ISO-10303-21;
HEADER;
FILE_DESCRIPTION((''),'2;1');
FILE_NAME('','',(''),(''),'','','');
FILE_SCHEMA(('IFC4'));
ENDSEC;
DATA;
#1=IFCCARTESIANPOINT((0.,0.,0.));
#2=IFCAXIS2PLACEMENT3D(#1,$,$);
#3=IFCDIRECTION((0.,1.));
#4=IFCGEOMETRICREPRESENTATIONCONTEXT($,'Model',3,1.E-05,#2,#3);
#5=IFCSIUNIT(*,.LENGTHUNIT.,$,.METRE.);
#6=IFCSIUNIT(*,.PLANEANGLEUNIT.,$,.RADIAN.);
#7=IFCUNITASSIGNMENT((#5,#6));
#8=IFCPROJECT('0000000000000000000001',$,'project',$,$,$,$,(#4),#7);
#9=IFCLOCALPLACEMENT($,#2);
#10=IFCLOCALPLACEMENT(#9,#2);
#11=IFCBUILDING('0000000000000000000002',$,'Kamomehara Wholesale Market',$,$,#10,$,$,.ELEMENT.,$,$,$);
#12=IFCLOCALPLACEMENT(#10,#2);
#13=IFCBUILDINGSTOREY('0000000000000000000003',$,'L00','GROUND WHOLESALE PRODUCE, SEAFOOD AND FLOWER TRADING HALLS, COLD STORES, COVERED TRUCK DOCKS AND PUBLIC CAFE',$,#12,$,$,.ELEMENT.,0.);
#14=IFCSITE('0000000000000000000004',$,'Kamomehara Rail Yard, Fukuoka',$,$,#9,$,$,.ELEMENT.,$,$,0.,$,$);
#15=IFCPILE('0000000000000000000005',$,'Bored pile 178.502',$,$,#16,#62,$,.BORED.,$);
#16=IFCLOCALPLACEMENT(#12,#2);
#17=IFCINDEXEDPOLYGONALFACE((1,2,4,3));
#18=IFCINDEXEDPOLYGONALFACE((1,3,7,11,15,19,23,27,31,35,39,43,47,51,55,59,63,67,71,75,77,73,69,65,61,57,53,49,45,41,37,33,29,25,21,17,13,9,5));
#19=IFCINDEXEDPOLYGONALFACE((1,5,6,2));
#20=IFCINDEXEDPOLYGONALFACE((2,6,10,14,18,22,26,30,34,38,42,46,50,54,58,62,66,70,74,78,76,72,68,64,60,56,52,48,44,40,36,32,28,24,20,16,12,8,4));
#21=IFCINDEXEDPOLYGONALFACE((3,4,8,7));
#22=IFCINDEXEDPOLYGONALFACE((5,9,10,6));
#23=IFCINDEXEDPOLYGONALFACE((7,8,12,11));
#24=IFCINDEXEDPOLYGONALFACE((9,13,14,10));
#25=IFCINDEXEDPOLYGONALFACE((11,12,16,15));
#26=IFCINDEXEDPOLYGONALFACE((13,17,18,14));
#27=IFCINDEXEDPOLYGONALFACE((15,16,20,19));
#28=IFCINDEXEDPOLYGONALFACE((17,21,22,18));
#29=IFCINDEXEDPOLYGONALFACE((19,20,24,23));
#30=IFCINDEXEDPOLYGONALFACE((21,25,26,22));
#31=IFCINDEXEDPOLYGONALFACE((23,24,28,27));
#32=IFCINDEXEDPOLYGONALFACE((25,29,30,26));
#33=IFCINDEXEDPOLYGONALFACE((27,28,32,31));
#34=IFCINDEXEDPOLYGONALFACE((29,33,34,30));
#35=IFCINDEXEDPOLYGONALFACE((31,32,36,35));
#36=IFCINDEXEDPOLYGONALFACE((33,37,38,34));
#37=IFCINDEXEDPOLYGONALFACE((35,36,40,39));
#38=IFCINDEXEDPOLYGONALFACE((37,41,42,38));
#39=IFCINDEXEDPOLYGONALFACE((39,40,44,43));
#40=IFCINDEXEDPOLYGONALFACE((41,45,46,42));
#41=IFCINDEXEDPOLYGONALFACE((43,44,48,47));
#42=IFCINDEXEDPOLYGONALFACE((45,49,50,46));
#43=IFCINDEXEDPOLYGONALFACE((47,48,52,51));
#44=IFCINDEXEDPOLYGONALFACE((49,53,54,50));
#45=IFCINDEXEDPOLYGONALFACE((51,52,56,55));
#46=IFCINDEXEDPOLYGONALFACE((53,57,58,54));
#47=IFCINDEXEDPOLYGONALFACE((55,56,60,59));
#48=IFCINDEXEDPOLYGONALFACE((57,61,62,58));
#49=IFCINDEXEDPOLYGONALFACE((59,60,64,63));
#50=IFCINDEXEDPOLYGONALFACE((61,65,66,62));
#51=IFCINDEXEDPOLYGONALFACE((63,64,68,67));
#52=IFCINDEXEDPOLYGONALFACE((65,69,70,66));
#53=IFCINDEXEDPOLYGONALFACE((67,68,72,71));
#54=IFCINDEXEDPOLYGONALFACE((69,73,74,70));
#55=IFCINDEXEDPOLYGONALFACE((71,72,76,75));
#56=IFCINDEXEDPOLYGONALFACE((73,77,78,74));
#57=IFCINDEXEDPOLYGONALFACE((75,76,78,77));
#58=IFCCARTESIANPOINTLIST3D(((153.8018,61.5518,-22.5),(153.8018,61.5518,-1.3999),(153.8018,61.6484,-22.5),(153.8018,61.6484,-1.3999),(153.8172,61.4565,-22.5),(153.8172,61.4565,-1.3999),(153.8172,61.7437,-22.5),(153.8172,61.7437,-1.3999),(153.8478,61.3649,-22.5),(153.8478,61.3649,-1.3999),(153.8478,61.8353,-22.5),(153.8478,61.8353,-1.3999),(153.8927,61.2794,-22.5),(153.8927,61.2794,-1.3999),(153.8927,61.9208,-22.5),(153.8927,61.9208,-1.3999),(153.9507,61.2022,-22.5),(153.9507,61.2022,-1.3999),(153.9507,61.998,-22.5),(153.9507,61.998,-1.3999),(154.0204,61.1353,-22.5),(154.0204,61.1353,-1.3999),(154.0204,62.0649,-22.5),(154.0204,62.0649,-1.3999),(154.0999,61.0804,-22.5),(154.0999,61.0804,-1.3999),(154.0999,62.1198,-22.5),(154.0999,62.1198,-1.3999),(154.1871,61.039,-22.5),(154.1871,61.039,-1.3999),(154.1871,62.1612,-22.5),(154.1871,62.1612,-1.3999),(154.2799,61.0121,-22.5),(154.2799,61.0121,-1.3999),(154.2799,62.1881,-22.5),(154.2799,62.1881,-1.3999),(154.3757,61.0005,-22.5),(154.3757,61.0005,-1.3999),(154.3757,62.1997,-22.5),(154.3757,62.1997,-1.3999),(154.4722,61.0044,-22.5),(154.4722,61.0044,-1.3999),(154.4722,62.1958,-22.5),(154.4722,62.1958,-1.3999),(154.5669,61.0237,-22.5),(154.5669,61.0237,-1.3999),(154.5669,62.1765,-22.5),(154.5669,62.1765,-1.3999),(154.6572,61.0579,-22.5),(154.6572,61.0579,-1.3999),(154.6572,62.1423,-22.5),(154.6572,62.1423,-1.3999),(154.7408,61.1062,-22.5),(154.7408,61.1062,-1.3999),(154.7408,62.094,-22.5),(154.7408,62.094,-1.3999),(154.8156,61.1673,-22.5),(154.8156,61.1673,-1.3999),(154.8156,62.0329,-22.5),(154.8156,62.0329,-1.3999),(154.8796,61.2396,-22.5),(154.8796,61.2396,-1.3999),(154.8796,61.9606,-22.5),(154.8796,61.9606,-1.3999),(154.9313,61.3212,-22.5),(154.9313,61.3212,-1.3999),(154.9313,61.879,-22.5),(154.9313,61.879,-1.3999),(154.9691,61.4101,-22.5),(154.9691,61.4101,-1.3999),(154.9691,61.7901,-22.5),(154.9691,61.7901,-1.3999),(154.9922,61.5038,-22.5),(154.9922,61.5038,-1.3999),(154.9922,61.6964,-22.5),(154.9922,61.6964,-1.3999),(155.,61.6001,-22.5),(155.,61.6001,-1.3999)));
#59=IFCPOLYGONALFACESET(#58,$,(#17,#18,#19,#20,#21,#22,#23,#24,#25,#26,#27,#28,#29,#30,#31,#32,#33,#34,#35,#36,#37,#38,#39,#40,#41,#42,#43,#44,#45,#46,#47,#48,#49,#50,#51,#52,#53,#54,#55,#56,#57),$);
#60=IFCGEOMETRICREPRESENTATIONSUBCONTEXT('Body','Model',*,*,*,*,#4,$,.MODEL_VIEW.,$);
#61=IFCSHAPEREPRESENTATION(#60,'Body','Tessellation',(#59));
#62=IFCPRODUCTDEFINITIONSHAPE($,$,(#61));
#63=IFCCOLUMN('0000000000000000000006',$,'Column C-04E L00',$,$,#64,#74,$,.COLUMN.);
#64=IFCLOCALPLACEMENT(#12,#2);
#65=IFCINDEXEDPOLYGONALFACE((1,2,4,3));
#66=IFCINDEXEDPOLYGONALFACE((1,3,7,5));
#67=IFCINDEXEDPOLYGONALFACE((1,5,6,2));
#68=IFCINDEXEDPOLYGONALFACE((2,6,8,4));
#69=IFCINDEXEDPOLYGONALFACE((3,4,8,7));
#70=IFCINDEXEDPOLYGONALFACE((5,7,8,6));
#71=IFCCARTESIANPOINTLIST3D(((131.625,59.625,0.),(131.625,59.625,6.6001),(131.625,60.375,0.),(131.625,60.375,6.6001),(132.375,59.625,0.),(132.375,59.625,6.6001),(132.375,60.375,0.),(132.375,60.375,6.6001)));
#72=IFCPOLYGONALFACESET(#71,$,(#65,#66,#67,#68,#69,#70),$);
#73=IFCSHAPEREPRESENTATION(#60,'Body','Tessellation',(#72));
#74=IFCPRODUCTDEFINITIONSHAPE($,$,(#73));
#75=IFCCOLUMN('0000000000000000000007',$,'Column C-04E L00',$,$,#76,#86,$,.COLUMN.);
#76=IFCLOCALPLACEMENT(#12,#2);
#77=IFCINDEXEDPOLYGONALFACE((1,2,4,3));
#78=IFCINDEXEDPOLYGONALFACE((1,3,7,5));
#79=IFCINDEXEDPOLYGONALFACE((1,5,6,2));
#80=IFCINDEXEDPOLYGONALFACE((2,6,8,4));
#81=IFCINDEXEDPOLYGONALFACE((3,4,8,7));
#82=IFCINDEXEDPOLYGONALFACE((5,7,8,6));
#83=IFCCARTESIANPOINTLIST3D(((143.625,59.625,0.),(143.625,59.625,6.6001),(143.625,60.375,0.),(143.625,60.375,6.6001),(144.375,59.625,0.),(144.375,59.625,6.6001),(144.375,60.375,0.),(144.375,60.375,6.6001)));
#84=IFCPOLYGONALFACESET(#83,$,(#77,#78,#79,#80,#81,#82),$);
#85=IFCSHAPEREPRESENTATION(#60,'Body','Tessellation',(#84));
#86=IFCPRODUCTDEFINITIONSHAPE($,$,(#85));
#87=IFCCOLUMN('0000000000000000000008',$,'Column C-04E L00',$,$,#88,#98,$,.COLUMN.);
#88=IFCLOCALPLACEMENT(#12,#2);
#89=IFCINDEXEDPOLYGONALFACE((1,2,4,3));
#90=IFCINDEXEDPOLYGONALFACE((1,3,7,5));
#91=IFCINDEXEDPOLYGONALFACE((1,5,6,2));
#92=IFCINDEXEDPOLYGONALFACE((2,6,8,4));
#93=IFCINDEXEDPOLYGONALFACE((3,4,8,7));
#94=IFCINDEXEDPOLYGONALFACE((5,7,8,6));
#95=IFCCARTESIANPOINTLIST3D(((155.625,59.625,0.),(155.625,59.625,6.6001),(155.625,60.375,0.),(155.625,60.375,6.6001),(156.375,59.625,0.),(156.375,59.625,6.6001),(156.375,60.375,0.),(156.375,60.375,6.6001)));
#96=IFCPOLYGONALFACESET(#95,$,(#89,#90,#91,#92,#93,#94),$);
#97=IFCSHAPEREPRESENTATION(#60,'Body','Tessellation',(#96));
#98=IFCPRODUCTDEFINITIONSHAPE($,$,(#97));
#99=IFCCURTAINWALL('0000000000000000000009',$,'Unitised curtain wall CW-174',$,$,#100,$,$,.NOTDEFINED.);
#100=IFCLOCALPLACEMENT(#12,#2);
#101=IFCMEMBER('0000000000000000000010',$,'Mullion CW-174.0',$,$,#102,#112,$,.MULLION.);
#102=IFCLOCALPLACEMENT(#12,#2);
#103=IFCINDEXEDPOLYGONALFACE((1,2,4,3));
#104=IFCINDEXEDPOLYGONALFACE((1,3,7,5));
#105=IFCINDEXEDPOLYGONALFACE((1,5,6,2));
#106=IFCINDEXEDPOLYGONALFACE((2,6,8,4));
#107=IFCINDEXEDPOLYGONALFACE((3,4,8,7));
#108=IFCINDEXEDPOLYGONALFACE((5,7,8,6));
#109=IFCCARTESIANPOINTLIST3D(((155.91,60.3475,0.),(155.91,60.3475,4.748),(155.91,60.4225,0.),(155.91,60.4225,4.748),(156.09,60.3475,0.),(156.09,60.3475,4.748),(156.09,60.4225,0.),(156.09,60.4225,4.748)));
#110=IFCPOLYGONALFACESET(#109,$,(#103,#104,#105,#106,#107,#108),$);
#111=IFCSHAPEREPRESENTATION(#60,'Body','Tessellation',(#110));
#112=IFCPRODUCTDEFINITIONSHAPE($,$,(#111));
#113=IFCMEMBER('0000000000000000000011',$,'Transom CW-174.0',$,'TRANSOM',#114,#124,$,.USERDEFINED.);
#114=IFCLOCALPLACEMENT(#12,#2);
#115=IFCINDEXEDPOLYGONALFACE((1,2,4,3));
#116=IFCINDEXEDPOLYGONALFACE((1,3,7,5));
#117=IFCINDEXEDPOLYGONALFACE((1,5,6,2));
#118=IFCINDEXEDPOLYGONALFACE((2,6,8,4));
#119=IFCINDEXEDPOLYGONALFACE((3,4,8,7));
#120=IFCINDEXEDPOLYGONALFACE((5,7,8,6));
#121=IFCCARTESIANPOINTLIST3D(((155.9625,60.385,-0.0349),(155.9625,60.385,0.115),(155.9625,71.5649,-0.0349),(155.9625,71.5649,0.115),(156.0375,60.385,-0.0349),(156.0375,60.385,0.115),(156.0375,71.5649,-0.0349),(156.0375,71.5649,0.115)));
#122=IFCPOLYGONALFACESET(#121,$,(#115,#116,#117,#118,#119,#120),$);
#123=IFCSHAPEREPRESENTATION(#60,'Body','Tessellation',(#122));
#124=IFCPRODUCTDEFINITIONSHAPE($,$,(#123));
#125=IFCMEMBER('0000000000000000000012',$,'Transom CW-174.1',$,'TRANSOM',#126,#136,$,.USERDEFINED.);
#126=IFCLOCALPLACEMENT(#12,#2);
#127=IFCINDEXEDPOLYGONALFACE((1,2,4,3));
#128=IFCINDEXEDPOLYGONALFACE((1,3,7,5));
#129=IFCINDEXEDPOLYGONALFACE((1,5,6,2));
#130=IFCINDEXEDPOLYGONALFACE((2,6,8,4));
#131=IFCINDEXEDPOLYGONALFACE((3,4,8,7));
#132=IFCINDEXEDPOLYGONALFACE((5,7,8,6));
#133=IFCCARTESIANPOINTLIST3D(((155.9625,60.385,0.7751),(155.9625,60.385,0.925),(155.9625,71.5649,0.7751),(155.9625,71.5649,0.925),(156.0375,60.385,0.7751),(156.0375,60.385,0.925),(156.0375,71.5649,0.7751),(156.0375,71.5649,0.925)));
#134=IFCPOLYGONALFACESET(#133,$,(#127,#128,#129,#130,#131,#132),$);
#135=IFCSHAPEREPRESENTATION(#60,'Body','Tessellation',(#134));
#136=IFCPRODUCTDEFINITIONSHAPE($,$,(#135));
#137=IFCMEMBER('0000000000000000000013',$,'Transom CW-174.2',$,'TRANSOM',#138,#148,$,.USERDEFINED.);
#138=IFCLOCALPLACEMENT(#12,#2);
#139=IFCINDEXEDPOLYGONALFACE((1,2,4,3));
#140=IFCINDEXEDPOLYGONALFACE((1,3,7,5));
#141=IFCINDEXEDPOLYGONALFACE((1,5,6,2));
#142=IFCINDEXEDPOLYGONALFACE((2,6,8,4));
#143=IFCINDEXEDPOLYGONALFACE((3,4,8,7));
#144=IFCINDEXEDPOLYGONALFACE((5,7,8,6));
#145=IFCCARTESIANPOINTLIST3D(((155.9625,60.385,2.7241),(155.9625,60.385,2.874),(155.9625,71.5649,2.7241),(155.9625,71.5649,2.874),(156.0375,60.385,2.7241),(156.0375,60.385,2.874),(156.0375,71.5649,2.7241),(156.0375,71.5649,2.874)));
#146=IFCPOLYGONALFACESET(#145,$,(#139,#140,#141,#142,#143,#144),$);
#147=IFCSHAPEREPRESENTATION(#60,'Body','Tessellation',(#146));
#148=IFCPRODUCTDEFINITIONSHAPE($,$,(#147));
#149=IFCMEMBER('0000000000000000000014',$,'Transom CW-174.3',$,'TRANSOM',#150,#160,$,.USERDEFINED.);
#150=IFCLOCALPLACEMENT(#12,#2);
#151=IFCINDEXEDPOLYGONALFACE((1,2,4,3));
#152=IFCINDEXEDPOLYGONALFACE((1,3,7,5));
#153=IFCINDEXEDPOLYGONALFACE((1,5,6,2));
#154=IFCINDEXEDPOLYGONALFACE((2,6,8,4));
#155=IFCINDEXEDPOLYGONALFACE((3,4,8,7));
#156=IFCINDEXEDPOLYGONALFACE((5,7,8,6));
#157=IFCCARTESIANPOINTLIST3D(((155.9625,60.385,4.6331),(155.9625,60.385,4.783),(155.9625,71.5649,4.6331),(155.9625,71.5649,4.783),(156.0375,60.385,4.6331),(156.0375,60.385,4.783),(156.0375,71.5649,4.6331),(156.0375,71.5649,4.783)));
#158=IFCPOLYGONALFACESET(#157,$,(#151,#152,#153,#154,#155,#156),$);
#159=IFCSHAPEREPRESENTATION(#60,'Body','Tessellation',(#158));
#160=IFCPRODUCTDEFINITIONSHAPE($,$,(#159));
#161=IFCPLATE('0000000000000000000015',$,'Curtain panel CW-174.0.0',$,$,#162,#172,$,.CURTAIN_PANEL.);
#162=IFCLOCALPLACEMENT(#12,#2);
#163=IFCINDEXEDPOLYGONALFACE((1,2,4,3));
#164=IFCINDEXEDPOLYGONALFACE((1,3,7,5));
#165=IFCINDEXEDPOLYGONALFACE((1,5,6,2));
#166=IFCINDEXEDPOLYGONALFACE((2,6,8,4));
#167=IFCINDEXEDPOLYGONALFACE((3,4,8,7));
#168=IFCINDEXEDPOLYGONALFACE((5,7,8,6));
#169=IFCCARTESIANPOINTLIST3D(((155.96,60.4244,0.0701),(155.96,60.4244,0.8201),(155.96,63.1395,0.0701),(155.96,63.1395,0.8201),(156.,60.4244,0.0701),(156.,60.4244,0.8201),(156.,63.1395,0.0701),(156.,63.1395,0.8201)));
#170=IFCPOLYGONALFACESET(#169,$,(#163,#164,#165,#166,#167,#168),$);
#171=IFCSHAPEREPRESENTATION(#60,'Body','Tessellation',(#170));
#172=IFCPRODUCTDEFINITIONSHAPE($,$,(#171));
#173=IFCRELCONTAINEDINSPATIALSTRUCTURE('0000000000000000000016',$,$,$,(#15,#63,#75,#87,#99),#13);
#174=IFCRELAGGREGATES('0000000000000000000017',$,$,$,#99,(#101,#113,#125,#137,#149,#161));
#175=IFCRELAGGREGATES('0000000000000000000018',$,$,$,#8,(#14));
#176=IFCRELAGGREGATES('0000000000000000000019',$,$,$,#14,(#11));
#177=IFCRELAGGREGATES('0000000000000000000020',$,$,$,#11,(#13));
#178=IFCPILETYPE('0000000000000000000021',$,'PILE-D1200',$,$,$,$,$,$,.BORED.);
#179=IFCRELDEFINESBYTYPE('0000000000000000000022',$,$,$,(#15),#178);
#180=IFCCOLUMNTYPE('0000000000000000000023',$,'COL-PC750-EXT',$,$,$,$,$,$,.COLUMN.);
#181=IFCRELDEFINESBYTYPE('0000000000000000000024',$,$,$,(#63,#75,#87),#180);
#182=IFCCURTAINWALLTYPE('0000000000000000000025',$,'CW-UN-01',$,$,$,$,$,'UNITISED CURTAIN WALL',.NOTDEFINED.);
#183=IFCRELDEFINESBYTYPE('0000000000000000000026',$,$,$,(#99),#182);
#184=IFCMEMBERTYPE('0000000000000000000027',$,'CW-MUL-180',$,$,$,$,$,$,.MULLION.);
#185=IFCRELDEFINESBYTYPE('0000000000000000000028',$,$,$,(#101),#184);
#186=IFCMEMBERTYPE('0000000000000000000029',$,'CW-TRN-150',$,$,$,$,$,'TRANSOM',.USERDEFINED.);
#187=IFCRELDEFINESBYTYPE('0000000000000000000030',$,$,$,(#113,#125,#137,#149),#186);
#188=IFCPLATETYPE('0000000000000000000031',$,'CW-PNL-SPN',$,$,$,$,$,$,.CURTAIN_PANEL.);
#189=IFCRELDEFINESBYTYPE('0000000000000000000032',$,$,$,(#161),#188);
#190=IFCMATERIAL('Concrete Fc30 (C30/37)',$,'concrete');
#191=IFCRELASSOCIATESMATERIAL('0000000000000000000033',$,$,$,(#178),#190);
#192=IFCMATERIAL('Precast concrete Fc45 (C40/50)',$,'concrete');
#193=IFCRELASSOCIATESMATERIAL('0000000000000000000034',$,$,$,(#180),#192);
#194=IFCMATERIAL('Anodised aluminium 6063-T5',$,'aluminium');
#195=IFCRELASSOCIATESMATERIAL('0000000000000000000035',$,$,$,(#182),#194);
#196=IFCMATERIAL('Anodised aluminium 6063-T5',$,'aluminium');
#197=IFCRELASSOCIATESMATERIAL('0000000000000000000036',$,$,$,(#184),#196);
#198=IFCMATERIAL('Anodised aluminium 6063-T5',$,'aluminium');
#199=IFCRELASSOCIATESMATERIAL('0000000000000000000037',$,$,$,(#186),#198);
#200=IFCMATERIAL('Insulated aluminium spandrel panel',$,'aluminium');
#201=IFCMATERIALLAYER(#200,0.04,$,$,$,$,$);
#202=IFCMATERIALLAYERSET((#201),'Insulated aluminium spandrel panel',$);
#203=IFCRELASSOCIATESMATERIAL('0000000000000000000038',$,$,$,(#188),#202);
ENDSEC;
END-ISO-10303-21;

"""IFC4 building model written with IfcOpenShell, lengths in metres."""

from ifc_helpers import new_model, si_unit, direction, frame, origin, origin_2d, place, context, subcontext, project, spatial, rectangle, circle, extrude, material, layer, layer_set, material_profile, profile_set, type_object, element, aggregate, save


model = new_model("IFC4")

# Units and contexts
model_context = context("Model", 3, precision=1e-05, world=origin(), true_north=direction((0.0, 1.0)))
body_context = subcontext(model_context, "Body", "Model", "MODEL_VIEW")
ifc_project = project(units=[si_unit("LENGTHUNIT", "METRE"), si_unit("PLANEANGLEUNIT", "RADIAN")], contexts=[model_context])

# Site, building, storey
site_placement = place(None, origin())
site = spatial("IfcSite", under=ifc_project, at=site_placement, Name="Kamomehara Rail Yard, Fukuoka", CompositionType="ELEMENT", RefElevation=0.0)
building_placement = place(site_placement, origin())
building = spatial("IfcBuilding", under=site, at=building_placement, Name="Kamomehara Wholesale Market", CompositionType="ELEMENT")
storey_placement = place(building_placement, origin())
storey = spatial("IfcBuildingStorey", under=building, at=storey_placement, Name="L00", Description="GROUND WHOLESALE PRODUCE, SEAFOOD AND FLOWER TRADING HALLS, COLD STORES, COVERED TRUCK DOCKS AND PUBLIC CAFE", CompositionType="ELEMENT", Elevation=0.0)

# Pile
ifc_material_1 = material(Name="Concrete Fc30 (C30/37)", Category="concrete")
ifc_material_profile_1 = material_profile(ifc_material_1, circle(Radius=0.6001, at=origin_2d()), Name="RC-PILE-D1200")
ifc_profile_set_1 = profile_set([ifc_material_profile_1], Name="Concrete Fc30 (C30/37)")
pile_type_1 = type_object("IfcPileType", Name="PILE-D1200", PredefinedType="BORED", material=ifc_profile_set_1)
for number, where, z_axis, x_axis, name in (
    (1, (154.3999, 61.6001, -1.3999), (0.0, 0.0, -1.0), (1.0, 0.0, 0.0), "Bored pile 178.502"),
):
    element("IfcPile", number, at=place(storey_placement, frame(where, z_axis=z_axis, x_axis=x_axis)), inside=storey, type_object=pile_type_1, Name=name, PredefinedType="BORED", context=body_context, shape_type="SweptSolid", body=[
        extrude(circle(Radius=0.6001, at=origin_2d()), origin(), (0.0, 0.0, 1.0), 21.1001),
    ])

# Columns
ifc_material_2 = material(Name="Precast concrete Fc45 (C40/50)", Category="concrete")
ifc_material_profile_2 = material_profile(ifc_material_2, rectangle(XDim=0.75, YDim=0.75, at=origin_2d()), Name="PC-COL-750x750")
ifc_profile_set_2 = profile_set([ifc_material_profile_2], Name="Precast concrete Fc45 (C40/50)")
column_type = type_object("IfcColumnType", Name="COL-PC750-EXT", PredefinedType="COLUMN", material=ifc_profile_set_2)
for number, where, z_axis, x_axis, name in (
    (2, (132.0, 60.0, 0.0), (0.0, 0.0, 1.0), (1.0, 0.0, 0.0), "Column C-04E L00"),
    (3, (144.0, 60.0, 0.0), (0.0, 0.0, 1.0), (1.0, 0.0, 0.0), "Column C-04E L00"),
    (4, (156.0, 60.0, 0.0), (0.0, 0.0, 1.0), (1.0, 0.0, 0.0), "Column C-04E L00"),
):
    element("IfcColumn", number, at=place(storey_placement, frame(where, z_axis=z_axis, x_axis=x_axis)), inside=storey, type_object=column_type, Name=name, PredefinedType="COLUMN", context=body_context, shape_type="SweptSolid", body=[
        extrude(rectangle(XDim=0.75, YDim=0.75, at=origin_2d()), origin(), (0.0, 0.0, 1.0), 6.6001),
    ])

# Curtain wall, members, plate
ifc_material_3 = material(Name="Anodised aluminium 6063-T5", Category="aluminium")
curtain_wall_type = type_object("IfcCurtainWallType", Name="CW-UN-01", ElementType="UNITISED CURTAIN WALL", PredefinedType="NOTDEFINED", material=ifc_material_3)
curtain_wall_placement = place(storey_placement, origin())
curtain_wall = element("IfcCurtainWall", 5, at=curtain_wall_placement, inside=storey, type_object=curtain_wall_type, Name="Unitised curtain wall CW-174", PredefinedType="NOTDEFINED")
ifc_material_4 = material(Name="Anodised aluminium 6063-T5", Category="aluminium")
ifc_material_profile_3 = material_profile(ifc_material_4, rectangle(XDim=0.075, YDim=0.1799, at=origin_2d()), Name="ALU-MUL-75x180")
ifc_profile_set_3 = profile_set([ifc_material_profile_3], Name="Anodised aluminium 6063-T5")
member_type_1 = type_object("IfcMemberType", Name="CW-MUL-180", PredefinedType="MULLION", material=ifc_profile_set_3)
member_1_placement = place(storey_placement, frame((156.0, 60.385, 0.0), z_axis=(0.0, 0.0, 1.0), x_axis=(0.0, 1.0, 0.0)))
member_1 = element("IfcMember", 6, at=member_1_placement, type_object=member_type_1, Name="Mullion CW-174.0", PredefinedType="MULLION", context=body_context, shape_type="SweptSolid", body=[
    extrude(rectangle(XDim=0.075, YDim=0.1799, at=origin_2d()), origin(), (0.0, 0.0, 1.0), 4.748),
])
ifc_material_5 = material(Name="Anodised aluminium 6063-T5", Category="aluminium")
ifc_material_profile_4 = material_profile(ifc_material_5, rectangle(XDim=0.075, YDim=0.1499, at=origin_2d()), Name="ALU-TRN-75x150")
ifc_profile_set_4 = profile_set([ifc_material_profile_4], Name="Anodised aluminium 6063-T5")
member_type_2 = type_object("IfcMemberType", Name="CW-TRN-150", ElementType="TRANSOM", PredefinedType="USERDEFINED", material=ifc_profile_set_4)
member_2_placement = place(storey_placement, frame((156.0, 60.385, 0.04), z_axis=(0.0, 1.0, 0.0), x_axis=(-1.0, 0.0, 0.0)))
member_2 = element("IfcMember", 7, at=member_2_placement, type_object=member_type_2, Name="Transom CW-174.0", ObjectType="TRANSOM", PredefinedType="USERDEFINED", context=body_context, shape_type="SweptSolid", body=[
    extrude(rectangle(XDim=0.075, YDim=0.1499, at=origin_2d()), origin(), (0.0, 0.0, 1.0), 11.1799),
])
member_3_placement = place(storey_placement, frame((156.0, 60.385, 0.8501), z_axis=(0.0, 1.0, 0.0), x_axis=(-1.0, 0.0, 0.0)))
member_3 = element("IfcMember", 8, at=member_3_placement, type_object=member_type_2, Name="Transom CW-174.1", ObjectType="TRANSOM", PredefinedType="USERDEFINED", context=body_context, shape_type="SweptSolid", body=[
    extrude(rectangle(XDim=0.075, YDim=0.1499, at=origin_2d()), origin(), (0.0, 0.0, 1.0), 11.1799),
])
member_4_placement = place(storey_placement, frame((156.0, 60.385, 2.7991), z_axis=(0.0, 1.0, 0.0), x_axis=(-1.0, 0.0, 0.0)))
member_4 = element("IfcMember", 9, at=member_4_placement, type_object=member_type_2, Name="Transom CW-174.2", ObjectType="TRANSOM", PredefinedType="USERDEFINED", context=body_context, shape_type="SweptSolid", body=[
    extrude(rectangle(XDim=0.075, YDim=0.1499, at=origin_2d()), origin(), (0.0, 0.0, 1.0), 11.1799),
])
member_5_placement = place(storey_placement, frame((156.0, 60.385, 4.708), z_axis=(0.0, 1.0, 0.0), x_axis=(-1.0, 0.0, 0.0)))
member_5 = element("IfcMember", 10, at=member_5_placement, type_object=member_type_2, Name="Transom CW-174.3", ObjectType="TRANSOM", PredefinedType="USERDEFINED", context=body_context, shape_type="SweptSolid", body=[
    extrude(rectangle(XDim=0.075, YDim=0.1499, at=origin_2d()), origin(), (0.0, 0.0, 1.0), 11.1799),
])
ifc_material_6 = material(Name="Insulated aluminium spandrel panel", Category="aluminium")
ifc_layer_1 = layer(ifc_material_6, 0.04)
ifc_layer_set_1 = layer_set([ifc_layer_1], Name="Insulated aluminium spandrel panel")
plate_type = type_object("IfcPlateType", Name="CW-PNL-SPN", PredefinedType="CURTAIN_PANEL", material=ifc_layer_set_1)
plate_placement = place(storey_placement, frame((155.98, 61.782, 0.0701), z_axis=(0.0, 0.0, 1.0), x_axis=(0.0, 1.0, 0.0)))
plate = element("IfcPlate", 11, at=plate_placement, type_object=plate_type, Name="Curtain panel CW-174.0.0", PredefinedType="CURTAIN_PANEL", context=body_context, shape_type="SweptSolid", body=[
    extrude(rectangle(XDim=2.7151, YDim=0.04, at=origin_2d()), origin(), (0.0, 0.0, 1.0), 0.75),
])
aggregate(curtain_wall, [member_1, member_2, member_3, member_4, member_5, plate])

save(model, "model.ifc")
